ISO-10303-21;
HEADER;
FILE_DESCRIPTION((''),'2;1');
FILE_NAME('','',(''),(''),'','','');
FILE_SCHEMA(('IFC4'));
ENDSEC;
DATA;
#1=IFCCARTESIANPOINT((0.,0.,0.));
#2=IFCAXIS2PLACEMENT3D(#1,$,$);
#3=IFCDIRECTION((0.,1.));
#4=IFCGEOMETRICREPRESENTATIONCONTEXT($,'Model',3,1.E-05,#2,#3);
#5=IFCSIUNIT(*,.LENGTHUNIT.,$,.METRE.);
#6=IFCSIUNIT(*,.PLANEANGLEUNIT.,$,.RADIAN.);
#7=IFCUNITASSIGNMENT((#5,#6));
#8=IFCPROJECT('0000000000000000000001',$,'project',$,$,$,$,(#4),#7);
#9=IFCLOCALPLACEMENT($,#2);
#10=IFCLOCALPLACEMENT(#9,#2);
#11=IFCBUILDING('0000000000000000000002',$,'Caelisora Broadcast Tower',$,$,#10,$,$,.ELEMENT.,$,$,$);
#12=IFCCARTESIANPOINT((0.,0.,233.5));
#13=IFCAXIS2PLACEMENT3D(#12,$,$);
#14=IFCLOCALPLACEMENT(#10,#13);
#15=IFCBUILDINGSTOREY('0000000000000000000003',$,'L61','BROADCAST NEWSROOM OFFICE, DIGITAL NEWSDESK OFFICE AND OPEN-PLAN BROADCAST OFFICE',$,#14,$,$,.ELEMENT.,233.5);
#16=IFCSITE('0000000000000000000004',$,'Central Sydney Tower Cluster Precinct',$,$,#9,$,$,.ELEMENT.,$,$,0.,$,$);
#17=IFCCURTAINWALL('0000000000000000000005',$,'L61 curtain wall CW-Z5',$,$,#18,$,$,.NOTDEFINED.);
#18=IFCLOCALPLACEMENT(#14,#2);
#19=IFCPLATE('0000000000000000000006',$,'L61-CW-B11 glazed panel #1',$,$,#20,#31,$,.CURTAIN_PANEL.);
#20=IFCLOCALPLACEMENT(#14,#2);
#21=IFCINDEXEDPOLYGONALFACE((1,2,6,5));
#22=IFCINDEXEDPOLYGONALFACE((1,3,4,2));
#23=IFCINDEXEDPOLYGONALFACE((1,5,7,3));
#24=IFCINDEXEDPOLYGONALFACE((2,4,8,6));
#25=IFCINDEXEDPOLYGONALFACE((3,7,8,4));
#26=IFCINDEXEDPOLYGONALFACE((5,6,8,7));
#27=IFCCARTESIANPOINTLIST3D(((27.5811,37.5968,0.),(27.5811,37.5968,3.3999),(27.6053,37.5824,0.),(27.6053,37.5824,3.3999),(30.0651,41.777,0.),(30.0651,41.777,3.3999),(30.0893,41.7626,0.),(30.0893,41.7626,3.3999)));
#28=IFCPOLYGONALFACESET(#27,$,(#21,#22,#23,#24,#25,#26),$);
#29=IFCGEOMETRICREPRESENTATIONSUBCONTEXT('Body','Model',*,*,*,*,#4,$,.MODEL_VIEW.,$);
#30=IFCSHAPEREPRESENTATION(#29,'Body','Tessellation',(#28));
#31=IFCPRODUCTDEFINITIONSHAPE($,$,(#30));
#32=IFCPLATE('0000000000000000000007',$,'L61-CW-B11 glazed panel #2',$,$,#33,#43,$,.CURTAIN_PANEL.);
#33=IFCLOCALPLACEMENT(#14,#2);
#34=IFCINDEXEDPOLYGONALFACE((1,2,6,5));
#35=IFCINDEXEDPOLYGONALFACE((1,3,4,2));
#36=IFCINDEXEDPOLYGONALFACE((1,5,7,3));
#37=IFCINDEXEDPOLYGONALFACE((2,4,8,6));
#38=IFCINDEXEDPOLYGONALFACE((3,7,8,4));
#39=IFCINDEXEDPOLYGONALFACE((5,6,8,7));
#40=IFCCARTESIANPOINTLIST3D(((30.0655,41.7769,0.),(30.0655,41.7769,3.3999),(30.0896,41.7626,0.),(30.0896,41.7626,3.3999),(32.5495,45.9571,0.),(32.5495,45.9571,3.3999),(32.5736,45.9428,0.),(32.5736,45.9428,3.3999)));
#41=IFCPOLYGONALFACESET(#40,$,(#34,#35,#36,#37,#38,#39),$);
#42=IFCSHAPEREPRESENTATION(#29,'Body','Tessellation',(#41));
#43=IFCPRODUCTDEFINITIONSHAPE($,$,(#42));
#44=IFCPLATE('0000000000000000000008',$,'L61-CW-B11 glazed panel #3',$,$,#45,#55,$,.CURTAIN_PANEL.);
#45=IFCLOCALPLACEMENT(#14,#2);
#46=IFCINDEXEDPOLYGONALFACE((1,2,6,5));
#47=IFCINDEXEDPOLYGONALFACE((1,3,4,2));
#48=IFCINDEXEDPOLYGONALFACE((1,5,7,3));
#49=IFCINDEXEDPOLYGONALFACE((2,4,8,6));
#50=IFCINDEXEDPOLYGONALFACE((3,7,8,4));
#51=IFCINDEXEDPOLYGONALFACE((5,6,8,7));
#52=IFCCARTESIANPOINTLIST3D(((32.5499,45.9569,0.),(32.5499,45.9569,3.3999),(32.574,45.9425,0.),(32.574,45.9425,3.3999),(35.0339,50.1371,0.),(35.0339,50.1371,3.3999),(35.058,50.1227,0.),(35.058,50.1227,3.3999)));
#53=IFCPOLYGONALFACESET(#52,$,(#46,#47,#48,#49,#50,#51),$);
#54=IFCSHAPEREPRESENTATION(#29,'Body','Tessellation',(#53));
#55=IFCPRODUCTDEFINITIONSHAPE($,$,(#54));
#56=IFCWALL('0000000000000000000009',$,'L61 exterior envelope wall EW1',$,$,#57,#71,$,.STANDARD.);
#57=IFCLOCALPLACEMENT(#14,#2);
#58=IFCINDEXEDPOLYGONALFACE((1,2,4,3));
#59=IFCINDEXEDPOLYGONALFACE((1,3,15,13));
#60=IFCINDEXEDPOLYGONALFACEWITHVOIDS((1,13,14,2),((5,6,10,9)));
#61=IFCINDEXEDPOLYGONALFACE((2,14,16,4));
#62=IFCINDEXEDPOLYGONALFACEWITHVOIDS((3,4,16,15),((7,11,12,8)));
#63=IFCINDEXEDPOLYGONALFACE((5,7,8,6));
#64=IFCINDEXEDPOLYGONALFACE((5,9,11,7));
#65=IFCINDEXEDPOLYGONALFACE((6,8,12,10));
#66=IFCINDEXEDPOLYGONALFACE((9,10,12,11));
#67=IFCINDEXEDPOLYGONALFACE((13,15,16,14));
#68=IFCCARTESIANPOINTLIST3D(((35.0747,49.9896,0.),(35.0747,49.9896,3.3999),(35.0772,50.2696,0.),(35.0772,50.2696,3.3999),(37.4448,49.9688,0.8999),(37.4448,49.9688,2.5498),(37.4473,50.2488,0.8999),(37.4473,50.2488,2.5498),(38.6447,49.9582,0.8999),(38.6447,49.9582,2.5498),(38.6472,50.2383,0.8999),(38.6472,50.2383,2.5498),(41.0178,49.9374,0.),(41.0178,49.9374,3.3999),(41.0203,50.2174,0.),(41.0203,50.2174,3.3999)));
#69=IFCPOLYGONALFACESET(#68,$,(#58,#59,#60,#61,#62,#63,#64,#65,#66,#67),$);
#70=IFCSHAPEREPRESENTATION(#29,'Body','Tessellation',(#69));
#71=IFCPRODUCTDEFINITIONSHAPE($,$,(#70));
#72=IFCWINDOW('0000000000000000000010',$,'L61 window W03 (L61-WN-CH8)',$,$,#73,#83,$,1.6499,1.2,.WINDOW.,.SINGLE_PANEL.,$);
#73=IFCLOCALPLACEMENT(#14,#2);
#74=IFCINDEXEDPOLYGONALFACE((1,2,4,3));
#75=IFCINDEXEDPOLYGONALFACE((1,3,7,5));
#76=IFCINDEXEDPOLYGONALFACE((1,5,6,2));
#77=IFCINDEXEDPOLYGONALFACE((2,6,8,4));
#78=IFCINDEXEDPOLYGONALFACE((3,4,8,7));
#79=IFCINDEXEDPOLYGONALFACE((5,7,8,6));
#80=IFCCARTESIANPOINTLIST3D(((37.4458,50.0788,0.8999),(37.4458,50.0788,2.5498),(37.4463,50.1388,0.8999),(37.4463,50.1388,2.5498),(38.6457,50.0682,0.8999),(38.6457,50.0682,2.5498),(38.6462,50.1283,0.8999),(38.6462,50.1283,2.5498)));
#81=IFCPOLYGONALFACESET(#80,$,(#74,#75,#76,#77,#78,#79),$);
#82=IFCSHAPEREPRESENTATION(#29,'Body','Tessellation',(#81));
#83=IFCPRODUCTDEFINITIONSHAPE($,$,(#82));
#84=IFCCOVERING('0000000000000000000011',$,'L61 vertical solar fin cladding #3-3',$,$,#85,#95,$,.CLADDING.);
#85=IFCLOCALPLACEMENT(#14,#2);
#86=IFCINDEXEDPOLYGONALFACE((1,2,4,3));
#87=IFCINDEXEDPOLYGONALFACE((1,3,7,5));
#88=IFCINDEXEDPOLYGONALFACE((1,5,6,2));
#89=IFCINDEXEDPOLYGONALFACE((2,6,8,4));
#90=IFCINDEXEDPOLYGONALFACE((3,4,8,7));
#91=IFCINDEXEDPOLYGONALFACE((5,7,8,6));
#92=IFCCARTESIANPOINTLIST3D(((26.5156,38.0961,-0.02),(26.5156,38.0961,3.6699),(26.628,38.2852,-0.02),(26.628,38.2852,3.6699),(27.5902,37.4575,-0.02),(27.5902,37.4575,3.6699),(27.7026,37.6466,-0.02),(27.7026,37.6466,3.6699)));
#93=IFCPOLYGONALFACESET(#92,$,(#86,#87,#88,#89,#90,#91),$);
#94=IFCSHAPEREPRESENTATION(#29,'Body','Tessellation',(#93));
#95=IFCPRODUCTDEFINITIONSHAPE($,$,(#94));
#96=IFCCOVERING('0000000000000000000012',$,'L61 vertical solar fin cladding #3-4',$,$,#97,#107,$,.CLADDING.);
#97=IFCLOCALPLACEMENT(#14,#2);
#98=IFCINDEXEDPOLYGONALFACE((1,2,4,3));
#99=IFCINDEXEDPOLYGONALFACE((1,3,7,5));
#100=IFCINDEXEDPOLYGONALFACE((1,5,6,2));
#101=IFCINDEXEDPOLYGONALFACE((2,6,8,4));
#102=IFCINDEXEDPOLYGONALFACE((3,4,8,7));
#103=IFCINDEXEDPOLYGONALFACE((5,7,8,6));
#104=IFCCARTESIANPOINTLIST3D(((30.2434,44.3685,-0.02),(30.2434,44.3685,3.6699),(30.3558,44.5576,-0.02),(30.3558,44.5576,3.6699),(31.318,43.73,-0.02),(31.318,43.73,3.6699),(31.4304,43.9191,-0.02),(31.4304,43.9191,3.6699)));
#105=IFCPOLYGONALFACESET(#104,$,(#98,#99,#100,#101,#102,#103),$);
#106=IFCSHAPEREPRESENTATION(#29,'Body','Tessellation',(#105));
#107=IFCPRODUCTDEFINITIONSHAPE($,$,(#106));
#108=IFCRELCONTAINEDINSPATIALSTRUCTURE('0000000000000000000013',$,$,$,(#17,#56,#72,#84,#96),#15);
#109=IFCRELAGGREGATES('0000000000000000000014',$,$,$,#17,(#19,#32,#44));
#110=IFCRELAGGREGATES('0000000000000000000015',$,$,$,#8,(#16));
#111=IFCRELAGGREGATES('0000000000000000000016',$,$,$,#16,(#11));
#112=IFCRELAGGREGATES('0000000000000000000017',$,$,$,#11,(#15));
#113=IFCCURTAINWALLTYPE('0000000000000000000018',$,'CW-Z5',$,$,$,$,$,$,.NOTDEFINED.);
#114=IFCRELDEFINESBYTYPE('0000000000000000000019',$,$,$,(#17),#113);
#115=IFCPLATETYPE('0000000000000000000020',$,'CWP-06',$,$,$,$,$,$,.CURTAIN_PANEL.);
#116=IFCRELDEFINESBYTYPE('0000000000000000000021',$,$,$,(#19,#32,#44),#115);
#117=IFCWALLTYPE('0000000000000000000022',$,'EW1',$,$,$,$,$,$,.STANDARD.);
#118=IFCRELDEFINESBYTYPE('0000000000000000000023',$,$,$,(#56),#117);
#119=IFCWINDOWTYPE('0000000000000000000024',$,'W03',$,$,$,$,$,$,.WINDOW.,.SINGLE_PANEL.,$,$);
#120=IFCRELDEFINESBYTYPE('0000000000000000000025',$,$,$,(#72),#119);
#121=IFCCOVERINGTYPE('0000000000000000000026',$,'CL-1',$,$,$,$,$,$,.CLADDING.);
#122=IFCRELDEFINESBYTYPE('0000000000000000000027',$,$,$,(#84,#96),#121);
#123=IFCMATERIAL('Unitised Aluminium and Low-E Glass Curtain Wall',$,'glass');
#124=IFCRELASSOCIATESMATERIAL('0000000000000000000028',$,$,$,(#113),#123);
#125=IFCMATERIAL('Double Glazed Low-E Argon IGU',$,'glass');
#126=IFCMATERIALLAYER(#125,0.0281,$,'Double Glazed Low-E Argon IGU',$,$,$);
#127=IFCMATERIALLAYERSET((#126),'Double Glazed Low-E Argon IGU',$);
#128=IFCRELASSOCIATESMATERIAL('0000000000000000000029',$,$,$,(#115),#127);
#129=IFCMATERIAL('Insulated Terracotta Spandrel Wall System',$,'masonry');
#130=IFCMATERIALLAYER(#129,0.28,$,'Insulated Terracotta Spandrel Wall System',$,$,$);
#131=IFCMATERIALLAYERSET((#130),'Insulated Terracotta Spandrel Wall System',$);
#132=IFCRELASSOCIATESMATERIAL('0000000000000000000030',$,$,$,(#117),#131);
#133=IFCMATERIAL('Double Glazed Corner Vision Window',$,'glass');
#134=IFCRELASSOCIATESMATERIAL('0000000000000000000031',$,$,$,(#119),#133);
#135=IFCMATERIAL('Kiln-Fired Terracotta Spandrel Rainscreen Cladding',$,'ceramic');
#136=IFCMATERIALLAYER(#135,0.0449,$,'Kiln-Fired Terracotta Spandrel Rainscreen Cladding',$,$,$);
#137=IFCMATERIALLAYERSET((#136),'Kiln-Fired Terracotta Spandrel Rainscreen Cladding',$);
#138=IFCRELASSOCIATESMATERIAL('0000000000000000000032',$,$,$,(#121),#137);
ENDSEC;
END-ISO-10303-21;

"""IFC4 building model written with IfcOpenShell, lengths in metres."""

from ifc_helpers import new_model, si_unit, direction, frame, frame_2d, origin, origin_2d, place, context, subcontext, project, spatial, rectangle, extrude, source, transform, mapped, material, layer, layer_set, type_object, type_shapes, element, fill, aggregate, save


model = new_model("IFC4")

# Units and contexts
model_context = context("Model", 3, precision=1e-05, world=origin(), true_north=direction((0.0, 1.0)))
body_context = subcontext(model_context, "Body", "Model", "MODEL_VIEW")
ifc_project = project(units=[si_unit("LENGTHUNIT", "METRE"), si_unit("PLANEANGLEUNIT", "RADIAN")], contexts=[model_context])

# Site, building, storey
site_placement = place(None, origin())
site = spatial("IfcSite", under=ifc_project, at=site_placement, Name="Central Sydney Tower Cluster Precinct", CompositionType="ELEMENT", RefElevation=0.0)
building_placement = place(site_placement, origin())
building = spatial("IfcBuilding", under=site, at=building_placement, Name="Caelisora Broadcast Tower", CompositionType="ELEMENT")
storey_placement = place(building_placement, frame((0.0, 0.0, 233.5)))
storey = spatial("IfcBuildingStorey", under=building, at=storey_placement, Name="L61", Description="BROADCAST NEWSROOM OFFICE, DIGITAL NEWSDESK OFFICE AND OPEN-PLAN BROADCAST OFFICE", CompositionType="ELEMENT", Elevation=233.5)

# Curtain wall
ifc_material_1 = material(Name="Unitised Aluminium and Low-E Glass Curtain Wall", Category="glass")
curtain_wall_type_1 = type_object("IfcCurtainWallType", Name="CW-Z5", PredefinedType="NOTDEFINED", material=ifc_material_1)
curtain_wall_1_placement = place(storey_placement, origin())
curtain_wall_1 = element("IfcCurtainWall", 1, at=curtain_wall_1_placement, inside=storey, type_object=curtain_wall_type_1, Name="L61 curtain wall CW-Z5", PredefinedType="NOTDEFINED")

# Plates
ifc_material_2 = material(Name="Double Glazed Low-E Argon IGU", Category="glass")
ifc_layer_1 = layer(ifc_material_2, 0.0281, Name="Double Glazed Low-E Argon IGU")
ifc_layer_set_1 = layer_set([ifc_layer_1], Name="Double Glazed Low-E Argon IGU")
plate_type_1 = type_object("IfcPlateType", Name="CWP-06", PredefinedType="CURTAIN_PANEL", material=ifc_layer_set_1)
shared_shape_1 = source(origin(), body_context, "Body", "SweptSolid", [
    extrude(rectangle(XDim=4.8625, YDim=0.0281, at=origin_2d()), origin(), (0.0, 0.0, 1.0), 3.3999),
])
type_shapes(plate_type_1, [shared_shape_1])
plate_1_placement = place(storey_placement, frame((28.8352, 39.6797, 0.0), z_axis=(0.0, 0.0, 1.0), x_axis=(0.510843, 0.859674, 0.0)))
plate_1 = element("IfcPlate", 2, at=plate_1_placement, type_object=plate_type_1, Name="L61-CW-B11 glazed panel #1", PredefinedType="CURTAIN_PANEL", context=body_context, shape_type="MappedRepresentation", body=[
    mapped(shared_shape_1, transform((0.0, 0.0, 0.0), scale=1.0)),
])
plate_2_placement = place(storey_placement, frame((31.3196, 43.8599, 0.0), z_axis=(0.0, 0.0, 1.0), x_axis=(0.510843, 0.859674, 0.0)))
plate_2 = element("IfcPlate", 3, at=plate_2_placement, type_object=plate_type_1, Name="L61-CW-B11 glazed panel #2", PredefinedType="CURTAIN_PANEL", context=body_context, shape_type="MappedRepresentation", body=[
    mapped(shared_shape_1, transform((0.0, 0.0, 0.0), scale=1.0)),
])
plate_3_placement = place(storey_placement, frame((33.804, 48.0398, 0.0), z_axis=(0.0, 0.0, 1.0), x_axis=(0.510843, 0.859674, 0.0)))
plate_3 = element("IfcPlate", 4, at=plate_3_placement, type_object=plate_type_1, Name="L61-CW-B11 glazed panel #3", PredefinedType="CURTAIN_PANEL", context=body_context, shape_type="MappedRepresentation", body=[
    mapped(shared_shape_1, transform((0.0, 0.0, 0.0), scale=1.0)),
])
aggregate(curtain_wall_1, [plate_1, plate_2, plate_3])

# Wall, opening, window
ifc_material_3 = material(Name="Insulated Terracotta Spandrel Wall System", Category="masonry")
ifc_layer_2 = layer(ifc_material_3, 0.28, Name="Insulated Terracotta Spandrel Wall System")
ifc_layer_set_2 = layer_set([ifc_layer_2], Name="Insulated Terracotta Spandrel Wall System")
wall_type = type_object("IfcWallType", Name="EW1", PredefinedType="STANDARD", material=ifc_layer_set_2)
wall_placement = place(storey_placement, frame((35.0759, 50.1296, 0.0), z_axis=(0.0, 0.0, 1.0), x_axis=(0.999961, -0.008791, 0.0)))
wall = element("IfcWall", 5, at=wall_placement, inside=storey, type_object=wall_type, Name="L61 exterior envelope wall EW1", PredefinedType="STANDARD", context=body_context, shape_type="SweptSolid", body=[
    extrude(rectangle(XDim=5.9434, YDim=0.28, at=frame_2d((2.9717, 0.0))), origin(), (0.0, 0.0, 1.0), 3.3999),
])
opening_placement = place(wall_placement, frame((2.3701, 0.0, 0.8999)))
opening = element("IfcOpeningElement", 6, at=opening_placement, cuts=wall, PredefinedType="OPENING", context=body_context, shape_type="SweptSolid", body=[
    extrude(rectangle(XDim=1.2, YDim=1.6499, at=frame_2d((0.6001, 0.825))), frame((0.0, 0.1521, 0.0), z_axis=(0.0, -1.0, 0.0), x_axis=(1.0, 0.0, 0.0)), (0.0, 0.0, 1.0), 0.304),
])
ifc_material_4 = material(Name="Double Glazed Corner Vision Window", Category="glass")
window_type = type_object("IfcWindowType", Name="W03", PartitioningType="SINGLE_PANEL", PredefinedType="WINDOW", material=ifc_material_4)
window_placement = place(opening_placement, origin())
window = element("IfcWindow", 7, at=window_placement, inside=storey, type_object=window_type, Name="L61 window W03 (L61-WN-CH8)", OverallHeight=1.6499, OverallWidth=1.2, PartitioningType="SINGLE_PANEL", PredefinedType="WINDOW", context=body_context, shape_type="SweptSolid", body=[
    extrude(rectangle(XDim=1.2, YDim=1.6499, at=frame_2d((0.6001, 0.825))), frame((0.0, 0.03, 0.0), z_axis=(0.0, -1.0, 0.0), x_axis=(1.0, 0.0, 0.0)), (0.0, 0.0, 1.0), 0.0601),
])
fill(opening, window)

# Coverings
ifc_material_5 = material(Name="Kiln-Fired Terracotta Spandrel Rainscreen Cladding", Category="ceramic")
ifc_layer_3 = layer(ifc_material_5, 0.0449, Name="Kiln-Fired Terracotta Spandrel Rainscreen Cladding")
ifc_layer_set_3 = layer_set([ifc_layer_3], Name="Kiln-Fired Terracotta Spandrel Rainscreen Cladding")
covering_type = type_object("IfcCoveringType", Name="CL-1", PredefinedType="CLADDING", material=ifc_layer_set_3)
shared_shape_2 = source(origin(), body_context, "Body", "SweptSolid", [
    extrude(rectangle(XDim=0.22, YDim=1.25, at=origin_2d()), origin(), (0.0, 0.0, 1.0), 3.6899),
])
type_shapes(covering_type, [shared_shape_2])
for number, where, z_axis, x_axis, name in (
    (8, (27.1091, 37.8713, -0.02), (0.0, 0.0, 1.0), (0.510843, 0.859674, 0.0), "L61 vertical solar fin cladding #3-3"),
    (9, (30.8369, 44.1438, -0.02), (0.0, 0.0, 1.0), (0.510843, 0.859674, 0.0), "L61 vertical solar fin cladding #3-4"),
):
    element("IfcCovering", number, at=place(storey_placement, frame(where, z_axis=z_axis, x_axis=x_axis)), inside=storey, type_object=covering_type, Name=name, PredefinedType="CLADDING", context=body_context, shape_type="MappedRepresentation", body=[
        mapped(shared_shape_2, transform((0.0, 0.0, 0.0), scale=1.0)),
    ])

save(model, "model.ifc")
